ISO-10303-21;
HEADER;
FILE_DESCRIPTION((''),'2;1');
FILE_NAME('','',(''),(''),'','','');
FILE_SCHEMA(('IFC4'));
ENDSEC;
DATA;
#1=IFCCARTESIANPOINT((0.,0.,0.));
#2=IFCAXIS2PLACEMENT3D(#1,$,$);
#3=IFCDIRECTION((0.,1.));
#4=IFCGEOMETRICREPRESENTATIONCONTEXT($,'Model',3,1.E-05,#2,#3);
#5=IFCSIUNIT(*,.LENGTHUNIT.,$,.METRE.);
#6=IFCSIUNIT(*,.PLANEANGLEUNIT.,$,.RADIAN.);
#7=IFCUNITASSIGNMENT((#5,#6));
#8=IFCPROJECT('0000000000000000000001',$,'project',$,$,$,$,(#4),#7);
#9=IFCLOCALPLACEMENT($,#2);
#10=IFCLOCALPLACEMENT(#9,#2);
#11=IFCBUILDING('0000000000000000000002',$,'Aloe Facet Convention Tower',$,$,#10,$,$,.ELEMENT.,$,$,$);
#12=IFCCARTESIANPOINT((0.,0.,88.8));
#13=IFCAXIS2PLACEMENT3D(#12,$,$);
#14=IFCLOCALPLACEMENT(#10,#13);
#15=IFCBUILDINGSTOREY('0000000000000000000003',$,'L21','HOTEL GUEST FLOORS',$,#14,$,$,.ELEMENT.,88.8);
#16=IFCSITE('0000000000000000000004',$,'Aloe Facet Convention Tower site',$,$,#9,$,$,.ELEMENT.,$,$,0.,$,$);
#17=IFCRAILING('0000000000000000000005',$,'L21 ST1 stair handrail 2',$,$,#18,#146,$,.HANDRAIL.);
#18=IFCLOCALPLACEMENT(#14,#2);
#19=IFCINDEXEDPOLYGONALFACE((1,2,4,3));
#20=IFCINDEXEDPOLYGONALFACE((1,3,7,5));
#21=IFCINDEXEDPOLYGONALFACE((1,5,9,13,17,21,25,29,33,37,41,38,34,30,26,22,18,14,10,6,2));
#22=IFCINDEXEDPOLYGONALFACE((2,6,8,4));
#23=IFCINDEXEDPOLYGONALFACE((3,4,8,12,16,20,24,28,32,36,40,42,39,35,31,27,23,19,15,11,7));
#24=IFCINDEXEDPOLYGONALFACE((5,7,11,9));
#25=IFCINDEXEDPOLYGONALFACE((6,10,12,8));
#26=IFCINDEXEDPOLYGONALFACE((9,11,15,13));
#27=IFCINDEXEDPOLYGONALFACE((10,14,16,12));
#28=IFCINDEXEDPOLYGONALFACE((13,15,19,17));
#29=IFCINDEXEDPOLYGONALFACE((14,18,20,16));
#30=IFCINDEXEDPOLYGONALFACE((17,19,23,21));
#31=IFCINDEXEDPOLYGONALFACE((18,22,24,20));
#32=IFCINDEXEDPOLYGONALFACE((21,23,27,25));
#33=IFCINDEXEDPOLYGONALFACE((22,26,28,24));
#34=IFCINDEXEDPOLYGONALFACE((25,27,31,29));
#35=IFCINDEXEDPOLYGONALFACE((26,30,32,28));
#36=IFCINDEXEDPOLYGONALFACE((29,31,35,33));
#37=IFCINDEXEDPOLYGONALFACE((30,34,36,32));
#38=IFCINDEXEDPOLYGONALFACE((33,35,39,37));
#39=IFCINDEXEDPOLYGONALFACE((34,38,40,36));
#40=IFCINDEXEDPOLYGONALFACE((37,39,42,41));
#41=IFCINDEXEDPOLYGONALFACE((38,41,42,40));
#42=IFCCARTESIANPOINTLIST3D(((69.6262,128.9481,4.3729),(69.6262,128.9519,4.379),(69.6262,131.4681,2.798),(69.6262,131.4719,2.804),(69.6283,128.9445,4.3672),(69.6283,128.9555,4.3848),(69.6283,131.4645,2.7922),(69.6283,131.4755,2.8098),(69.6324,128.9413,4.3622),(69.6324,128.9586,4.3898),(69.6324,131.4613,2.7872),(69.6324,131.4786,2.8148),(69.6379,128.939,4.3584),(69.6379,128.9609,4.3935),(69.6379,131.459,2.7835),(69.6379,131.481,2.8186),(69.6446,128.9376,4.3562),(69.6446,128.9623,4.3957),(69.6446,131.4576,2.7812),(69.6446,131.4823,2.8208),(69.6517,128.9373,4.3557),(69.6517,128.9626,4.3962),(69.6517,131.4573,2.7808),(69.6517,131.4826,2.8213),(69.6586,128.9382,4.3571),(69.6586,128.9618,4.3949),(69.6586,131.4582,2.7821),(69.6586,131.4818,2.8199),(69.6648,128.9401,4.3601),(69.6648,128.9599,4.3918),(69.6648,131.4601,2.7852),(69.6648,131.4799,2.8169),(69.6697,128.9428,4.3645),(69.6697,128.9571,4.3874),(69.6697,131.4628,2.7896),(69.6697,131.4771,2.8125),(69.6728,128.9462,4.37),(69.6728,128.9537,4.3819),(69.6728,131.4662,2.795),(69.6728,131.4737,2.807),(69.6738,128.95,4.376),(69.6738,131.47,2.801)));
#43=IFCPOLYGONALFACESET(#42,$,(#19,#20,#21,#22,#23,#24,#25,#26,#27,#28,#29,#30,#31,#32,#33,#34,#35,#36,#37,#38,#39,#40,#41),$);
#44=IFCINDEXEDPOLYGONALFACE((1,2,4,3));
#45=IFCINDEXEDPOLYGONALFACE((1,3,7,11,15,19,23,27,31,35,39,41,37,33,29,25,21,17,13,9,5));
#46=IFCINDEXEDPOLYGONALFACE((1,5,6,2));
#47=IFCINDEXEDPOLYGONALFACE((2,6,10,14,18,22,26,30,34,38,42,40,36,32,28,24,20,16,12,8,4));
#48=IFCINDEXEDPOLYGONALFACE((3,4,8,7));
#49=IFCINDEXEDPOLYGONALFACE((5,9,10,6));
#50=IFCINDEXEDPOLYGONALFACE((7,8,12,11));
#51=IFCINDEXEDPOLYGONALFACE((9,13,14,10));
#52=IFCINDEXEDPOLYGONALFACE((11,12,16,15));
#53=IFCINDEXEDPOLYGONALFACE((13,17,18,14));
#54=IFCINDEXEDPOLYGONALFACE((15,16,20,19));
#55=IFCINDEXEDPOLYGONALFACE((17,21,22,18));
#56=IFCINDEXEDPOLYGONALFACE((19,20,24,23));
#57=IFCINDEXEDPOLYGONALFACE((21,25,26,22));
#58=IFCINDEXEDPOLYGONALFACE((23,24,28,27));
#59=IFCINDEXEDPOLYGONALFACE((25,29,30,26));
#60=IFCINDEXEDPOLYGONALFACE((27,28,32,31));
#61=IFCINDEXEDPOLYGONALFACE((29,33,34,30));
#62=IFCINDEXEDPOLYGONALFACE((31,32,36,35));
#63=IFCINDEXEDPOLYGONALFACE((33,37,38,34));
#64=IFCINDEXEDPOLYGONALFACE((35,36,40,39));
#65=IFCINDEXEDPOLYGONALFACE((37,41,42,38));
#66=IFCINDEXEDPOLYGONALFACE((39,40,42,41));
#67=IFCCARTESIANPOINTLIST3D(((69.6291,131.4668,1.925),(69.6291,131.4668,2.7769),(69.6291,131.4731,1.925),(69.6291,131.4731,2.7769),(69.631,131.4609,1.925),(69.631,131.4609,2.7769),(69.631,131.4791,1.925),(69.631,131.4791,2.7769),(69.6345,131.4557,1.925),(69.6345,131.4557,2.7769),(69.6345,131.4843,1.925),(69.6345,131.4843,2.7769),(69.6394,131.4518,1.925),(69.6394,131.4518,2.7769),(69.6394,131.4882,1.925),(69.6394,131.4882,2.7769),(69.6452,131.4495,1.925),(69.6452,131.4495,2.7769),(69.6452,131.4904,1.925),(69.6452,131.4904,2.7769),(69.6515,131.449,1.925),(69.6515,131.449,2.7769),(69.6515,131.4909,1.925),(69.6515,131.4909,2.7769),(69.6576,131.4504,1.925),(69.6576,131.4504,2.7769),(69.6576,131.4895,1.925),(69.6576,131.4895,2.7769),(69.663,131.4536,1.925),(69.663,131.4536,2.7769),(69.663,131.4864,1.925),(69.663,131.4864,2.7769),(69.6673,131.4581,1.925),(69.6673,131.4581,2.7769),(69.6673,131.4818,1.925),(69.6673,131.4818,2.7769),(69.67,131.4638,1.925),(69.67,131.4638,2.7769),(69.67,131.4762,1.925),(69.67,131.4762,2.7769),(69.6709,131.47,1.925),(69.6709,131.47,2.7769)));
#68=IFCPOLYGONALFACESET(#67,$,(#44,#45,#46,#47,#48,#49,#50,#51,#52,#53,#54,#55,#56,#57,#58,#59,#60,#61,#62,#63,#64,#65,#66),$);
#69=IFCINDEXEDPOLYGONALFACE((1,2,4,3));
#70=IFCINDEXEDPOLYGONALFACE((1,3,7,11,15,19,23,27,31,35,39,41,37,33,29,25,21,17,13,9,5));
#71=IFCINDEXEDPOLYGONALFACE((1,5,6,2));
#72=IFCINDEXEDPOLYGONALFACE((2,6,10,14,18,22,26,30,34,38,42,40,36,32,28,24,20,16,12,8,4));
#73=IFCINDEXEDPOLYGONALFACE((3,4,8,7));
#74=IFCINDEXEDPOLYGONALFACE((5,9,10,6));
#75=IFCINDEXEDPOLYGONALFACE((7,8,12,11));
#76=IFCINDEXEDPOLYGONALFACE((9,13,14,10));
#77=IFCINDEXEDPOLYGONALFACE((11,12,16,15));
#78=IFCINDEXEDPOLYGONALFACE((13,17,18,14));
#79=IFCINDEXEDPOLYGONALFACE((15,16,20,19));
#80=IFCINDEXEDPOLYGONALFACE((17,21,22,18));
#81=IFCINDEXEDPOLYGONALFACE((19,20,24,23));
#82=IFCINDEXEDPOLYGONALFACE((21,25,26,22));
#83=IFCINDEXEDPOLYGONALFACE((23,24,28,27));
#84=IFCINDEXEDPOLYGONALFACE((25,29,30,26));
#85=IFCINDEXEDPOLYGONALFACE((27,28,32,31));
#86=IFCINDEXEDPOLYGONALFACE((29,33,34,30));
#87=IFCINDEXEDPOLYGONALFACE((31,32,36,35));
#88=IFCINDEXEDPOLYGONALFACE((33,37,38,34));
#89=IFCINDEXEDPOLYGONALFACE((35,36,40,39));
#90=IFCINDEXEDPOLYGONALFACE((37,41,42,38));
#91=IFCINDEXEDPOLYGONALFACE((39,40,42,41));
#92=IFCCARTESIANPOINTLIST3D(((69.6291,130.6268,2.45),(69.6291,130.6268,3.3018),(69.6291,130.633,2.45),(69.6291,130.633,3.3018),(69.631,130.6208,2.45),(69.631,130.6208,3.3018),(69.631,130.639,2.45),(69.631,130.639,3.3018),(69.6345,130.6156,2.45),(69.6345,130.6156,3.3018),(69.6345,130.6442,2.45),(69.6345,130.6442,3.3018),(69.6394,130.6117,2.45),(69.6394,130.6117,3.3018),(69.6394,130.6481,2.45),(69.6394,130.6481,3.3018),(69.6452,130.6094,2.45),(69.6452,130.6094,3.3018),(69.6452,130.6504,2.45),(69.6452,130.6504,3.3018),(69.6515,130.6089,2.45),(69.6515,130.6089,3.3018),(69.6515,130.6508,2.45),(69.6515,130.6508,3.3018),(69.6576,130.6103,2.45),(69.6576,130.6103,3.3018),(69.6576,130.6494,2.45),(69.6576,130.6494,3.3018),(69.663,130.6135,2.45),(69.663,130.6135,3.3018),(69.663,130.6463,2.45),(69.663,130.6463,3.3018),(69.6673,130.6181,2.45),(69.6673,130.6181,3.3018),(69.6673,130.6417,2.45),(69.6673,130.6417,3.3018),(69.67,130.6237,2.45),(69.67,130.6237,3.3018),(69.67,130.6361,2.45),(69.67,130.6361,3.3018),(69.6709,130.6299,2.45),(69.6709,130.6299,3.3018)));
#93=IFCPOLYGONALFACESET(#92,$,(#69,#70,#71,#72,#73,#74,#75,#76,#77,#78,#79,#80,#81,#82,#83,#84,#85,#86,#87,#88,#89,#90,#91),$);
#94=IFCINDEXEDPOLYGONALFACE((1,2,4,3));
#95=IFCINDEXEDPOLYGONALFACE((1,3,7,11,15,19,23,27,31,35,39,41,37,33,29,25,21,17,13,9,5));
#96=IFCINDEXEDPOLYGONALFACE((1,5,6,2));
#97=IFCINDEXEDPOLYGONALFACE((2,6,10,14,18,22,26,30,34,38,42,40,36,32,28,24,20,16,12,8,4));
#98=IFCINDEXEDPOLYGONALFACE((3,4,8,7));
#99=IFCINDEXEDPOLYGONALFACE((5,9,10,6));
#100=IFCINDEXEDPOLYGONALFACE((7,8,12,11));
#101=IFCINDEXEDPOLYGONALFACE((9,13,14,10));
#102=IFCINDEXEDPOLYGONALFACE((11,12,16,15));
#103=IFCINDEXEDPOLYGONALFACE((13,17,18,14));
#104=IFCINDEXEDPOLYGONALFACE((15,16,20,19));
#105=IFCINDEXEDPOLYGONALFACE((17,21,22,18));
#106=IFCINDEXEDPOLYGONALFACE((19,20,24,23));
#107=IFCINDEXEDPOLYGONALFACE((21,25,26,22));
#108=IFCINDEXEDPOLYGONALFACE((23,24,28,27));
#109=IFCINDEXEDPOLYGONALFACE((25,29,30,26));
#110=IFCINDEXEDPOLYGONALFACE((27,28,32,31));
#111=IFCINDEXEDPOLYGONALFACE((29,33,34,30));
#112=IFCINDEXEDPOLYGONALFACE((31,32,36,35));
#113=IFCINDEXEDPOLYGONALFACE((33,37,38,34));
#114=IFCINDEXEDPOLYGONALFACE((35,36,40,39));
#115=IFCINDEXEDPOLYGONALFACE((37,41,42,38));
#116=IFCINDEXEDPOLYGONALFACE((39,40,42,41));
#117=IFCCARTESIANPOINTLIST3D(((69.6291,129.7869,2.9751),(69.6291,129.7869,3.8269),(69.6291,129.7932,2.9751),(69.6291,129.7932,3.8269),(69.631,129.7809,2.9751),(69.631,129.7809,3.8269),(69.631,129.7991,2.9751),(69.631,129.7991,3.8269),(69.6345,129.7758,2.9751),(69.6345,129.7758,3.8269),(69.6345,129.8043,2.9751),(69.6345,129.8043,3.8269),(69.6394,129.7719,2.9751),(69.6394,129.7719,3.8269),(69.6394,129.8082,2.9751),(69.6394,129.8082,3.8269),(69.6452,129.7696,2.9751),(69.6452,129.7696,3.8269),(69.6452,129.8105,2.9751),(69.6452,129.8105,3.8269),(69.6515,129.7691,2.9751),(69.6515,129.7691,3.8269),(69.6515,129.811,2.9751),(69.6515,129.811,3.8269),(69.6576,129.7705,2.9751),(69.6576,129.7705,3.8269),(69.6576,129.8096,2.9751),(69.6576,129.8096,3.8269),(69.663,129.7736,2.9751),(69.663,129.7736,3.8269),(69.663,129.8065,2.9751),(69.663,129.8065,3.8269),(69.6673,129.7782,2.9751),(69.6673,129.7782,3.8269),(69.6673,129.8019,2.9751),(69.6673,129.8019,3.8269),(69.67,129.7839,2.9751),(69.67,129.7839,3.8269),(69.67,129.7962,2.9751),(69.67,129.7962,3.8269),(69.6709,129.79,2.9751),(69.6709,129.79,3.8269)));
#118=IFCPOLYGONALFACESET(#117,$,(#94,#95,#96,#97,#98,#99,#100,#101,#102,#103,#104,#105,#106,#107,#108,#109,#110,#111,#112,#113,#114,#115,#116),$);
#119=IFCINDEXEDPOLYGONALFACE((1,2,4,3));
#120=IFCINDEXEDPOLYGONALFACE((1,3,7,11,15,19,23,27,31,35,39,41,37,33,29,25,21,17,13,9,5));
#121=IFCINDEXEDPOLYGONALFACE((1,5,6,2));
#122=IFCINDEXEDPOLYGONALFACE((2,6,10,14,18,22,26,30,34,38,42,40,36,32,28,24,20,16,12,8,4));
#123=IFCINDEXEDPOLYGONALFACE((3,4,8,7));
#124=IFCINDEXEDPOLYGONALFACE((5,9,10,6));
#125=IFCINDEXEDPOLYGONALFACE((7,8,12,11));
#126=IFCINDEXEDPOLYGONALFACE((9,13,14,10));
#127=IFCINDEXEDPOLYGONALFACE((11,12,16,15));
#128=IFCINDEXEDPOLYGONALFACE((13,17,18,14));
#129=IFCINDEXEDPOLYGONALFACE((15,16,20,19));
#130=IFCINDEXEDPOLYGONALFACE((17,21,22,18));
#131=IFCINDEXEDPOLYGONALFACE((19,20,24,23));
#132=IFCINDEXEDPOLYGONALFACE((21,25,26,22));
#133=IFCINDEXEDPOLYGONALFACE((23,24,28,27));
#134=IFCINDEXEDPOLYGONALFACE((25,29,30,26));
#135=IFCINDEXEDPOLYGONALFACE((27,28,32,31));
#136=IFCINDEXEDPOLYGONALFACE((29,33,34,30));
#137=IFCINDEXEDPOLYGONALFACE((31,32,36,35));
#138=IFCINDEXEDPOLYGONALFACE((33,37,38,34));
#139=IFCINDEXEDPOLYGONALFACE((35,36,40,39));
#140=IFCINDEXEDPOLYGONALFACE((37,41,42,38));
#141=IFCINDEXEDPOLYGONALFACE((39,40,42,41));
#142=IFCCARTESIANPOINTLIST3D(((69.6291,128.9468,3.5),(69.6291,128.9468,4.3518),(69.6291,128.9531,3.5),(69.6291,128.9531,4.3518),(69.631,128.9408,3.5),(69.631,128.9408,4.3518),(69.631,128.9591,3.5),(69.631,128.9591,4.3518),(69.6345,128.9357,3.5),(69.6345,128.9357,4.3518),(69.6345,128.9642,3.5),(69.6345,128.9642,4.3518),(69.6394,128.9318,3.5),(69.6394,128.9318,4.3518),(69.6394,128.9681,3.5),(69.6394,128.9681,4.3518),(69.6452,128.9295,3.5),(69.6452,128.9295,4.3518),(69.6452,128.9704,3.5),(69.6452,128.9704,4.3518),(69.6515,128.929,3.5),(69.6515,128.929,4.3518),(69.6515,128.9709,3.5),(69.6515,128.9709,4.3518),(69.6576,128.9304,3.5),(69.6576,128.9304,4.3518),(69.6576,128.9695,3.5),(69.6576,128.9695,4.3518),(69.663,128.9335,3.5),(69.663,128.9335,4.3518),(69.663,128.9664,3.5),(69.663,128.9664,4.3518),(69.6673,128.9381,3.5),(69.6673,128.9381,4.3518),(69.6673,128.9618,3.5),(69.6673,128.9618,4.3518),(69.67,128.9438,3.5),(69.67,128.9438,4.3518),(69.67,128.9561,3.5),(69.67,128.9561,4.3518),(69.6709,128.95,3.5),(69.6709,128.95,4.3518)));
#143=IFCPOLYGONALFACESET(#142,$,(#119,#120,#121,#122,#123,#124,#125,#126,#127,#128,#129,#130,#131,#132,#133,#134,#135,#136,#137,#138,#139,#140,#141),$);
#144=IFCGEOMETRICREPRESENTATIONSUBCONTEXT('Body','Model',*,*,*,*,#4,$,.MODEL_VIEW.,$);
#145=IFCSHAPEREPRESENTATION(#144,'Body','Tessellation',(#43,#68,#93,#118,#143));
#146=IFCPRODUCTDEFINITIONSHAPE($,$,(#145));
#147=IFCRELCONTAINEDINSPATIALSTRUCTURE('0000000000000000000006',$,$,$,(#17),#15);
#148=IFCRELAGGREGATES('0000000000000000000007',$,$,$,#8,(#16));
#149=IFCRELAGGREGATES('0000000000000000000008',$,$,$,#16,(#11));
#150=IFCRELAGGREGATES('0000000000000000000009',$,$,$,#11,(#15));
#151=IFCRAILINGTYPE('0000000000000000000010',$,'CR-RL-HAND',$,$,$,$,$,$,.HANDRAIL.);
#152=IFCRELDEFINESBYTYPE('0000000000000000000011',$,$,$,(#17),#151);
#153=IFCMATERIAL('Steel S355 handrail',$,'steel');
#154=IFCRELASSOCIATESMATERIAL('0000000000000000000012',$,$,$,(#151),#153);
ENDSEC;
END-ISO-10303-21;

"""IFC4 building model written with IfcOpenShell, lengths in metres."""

from ifc_helpers import new_model, si_unit, direction, frame, origin, origin_2d, place, context, subcontext, project, spatial, circle, extrude, material, type_object, element, save


model = new_model("IFC4")

# Units and contexts
model_context = context("Model", 3, precision=1e-05, world=origin(), true_north=direction((0.0, 1.0)))
body_context = subcontext(model_context, "Body", "Model", "MODEL_VIEW")
ifc_project = project(units=[si_unit("LENGTHUNIT", "METRE"), si_unit("PLANEANGLEUNIT", "RADIAN")], contexts=[model_context])

# Site, building, storey
site_placement = place(None, origin())
site = spatial("IfcSite", under=ifc_project, at=site_placement, Name="Aloe Facet Convention Tower site", CompositionType="ELEMENT", RefElevation=0.0)
building_placement = place(site_placement, origin())
building = spatial("IfcBuilding", under=site, at=building_placement, Name="Aloe Facet Convention Tower", CompositionType="ELEMENT")
storey_placement = place(building_placement, frame((0.0, 0.0, 88.8)))
storey = spatial("IfcBuildingStorey", under=building, at=storey_placement, Name="L21", Description="HOTEL GUEST FLOORS", CompositionType="ELEMENT", Elevation=88.8)

# Railing
ifc_material_1 = material(Name="Steel S355 handrail", Category="steel")
railing_type_1 = type_object("IfcRailingType", Name="CR-RL-HAND", PredefinedType="HANDRAIL", material=ifc_material_1)
railing_1_placement = place(storey_placement, frame((69.6499, 131.47, 1.925)))
element("IfcRailing", 1, at=railing_1_placement, inside=storey, type_object=railing_type_1, Name="L21 ST1 stair handrail 2", PredefinedType="HANDRAIL", context=body_context, shape_type="SweptSolid", body=[
    extrude(circle(Radius=0.0239, at=origin_2d()), frame((0.0, 0.0, 0.876), z_axis=(0.0, -0.848008, 0.529984), x_axis=(1.0, 0.0, 0.0)), (0.0, 0.0, 1.0), 2.9717),
    extrude(circle(Radius=0.021, at=origin_2d()), origin(), (0.0, 0.0, 1.0), 0.8518),
    extrude(circle(Radius=0.021, at=origin_2d()), frame((0.0, -0.8401, 0.5249)), (0.0, 0.0, 1.0), 0.8518),
    extrude(circle(Radius=0.021, at=origin_2d()), frame((0.0, -1.6799, 1.05)), (0.0, 0.0, 1.0), 0.8518),
    extrude(circle(Radius=0.021, at=origin_2d()), frame((0.0, -2.52, 1.575)), (0.0, 0.0, 1.0), 0.8518),
])

save(model, "model.ifc")
